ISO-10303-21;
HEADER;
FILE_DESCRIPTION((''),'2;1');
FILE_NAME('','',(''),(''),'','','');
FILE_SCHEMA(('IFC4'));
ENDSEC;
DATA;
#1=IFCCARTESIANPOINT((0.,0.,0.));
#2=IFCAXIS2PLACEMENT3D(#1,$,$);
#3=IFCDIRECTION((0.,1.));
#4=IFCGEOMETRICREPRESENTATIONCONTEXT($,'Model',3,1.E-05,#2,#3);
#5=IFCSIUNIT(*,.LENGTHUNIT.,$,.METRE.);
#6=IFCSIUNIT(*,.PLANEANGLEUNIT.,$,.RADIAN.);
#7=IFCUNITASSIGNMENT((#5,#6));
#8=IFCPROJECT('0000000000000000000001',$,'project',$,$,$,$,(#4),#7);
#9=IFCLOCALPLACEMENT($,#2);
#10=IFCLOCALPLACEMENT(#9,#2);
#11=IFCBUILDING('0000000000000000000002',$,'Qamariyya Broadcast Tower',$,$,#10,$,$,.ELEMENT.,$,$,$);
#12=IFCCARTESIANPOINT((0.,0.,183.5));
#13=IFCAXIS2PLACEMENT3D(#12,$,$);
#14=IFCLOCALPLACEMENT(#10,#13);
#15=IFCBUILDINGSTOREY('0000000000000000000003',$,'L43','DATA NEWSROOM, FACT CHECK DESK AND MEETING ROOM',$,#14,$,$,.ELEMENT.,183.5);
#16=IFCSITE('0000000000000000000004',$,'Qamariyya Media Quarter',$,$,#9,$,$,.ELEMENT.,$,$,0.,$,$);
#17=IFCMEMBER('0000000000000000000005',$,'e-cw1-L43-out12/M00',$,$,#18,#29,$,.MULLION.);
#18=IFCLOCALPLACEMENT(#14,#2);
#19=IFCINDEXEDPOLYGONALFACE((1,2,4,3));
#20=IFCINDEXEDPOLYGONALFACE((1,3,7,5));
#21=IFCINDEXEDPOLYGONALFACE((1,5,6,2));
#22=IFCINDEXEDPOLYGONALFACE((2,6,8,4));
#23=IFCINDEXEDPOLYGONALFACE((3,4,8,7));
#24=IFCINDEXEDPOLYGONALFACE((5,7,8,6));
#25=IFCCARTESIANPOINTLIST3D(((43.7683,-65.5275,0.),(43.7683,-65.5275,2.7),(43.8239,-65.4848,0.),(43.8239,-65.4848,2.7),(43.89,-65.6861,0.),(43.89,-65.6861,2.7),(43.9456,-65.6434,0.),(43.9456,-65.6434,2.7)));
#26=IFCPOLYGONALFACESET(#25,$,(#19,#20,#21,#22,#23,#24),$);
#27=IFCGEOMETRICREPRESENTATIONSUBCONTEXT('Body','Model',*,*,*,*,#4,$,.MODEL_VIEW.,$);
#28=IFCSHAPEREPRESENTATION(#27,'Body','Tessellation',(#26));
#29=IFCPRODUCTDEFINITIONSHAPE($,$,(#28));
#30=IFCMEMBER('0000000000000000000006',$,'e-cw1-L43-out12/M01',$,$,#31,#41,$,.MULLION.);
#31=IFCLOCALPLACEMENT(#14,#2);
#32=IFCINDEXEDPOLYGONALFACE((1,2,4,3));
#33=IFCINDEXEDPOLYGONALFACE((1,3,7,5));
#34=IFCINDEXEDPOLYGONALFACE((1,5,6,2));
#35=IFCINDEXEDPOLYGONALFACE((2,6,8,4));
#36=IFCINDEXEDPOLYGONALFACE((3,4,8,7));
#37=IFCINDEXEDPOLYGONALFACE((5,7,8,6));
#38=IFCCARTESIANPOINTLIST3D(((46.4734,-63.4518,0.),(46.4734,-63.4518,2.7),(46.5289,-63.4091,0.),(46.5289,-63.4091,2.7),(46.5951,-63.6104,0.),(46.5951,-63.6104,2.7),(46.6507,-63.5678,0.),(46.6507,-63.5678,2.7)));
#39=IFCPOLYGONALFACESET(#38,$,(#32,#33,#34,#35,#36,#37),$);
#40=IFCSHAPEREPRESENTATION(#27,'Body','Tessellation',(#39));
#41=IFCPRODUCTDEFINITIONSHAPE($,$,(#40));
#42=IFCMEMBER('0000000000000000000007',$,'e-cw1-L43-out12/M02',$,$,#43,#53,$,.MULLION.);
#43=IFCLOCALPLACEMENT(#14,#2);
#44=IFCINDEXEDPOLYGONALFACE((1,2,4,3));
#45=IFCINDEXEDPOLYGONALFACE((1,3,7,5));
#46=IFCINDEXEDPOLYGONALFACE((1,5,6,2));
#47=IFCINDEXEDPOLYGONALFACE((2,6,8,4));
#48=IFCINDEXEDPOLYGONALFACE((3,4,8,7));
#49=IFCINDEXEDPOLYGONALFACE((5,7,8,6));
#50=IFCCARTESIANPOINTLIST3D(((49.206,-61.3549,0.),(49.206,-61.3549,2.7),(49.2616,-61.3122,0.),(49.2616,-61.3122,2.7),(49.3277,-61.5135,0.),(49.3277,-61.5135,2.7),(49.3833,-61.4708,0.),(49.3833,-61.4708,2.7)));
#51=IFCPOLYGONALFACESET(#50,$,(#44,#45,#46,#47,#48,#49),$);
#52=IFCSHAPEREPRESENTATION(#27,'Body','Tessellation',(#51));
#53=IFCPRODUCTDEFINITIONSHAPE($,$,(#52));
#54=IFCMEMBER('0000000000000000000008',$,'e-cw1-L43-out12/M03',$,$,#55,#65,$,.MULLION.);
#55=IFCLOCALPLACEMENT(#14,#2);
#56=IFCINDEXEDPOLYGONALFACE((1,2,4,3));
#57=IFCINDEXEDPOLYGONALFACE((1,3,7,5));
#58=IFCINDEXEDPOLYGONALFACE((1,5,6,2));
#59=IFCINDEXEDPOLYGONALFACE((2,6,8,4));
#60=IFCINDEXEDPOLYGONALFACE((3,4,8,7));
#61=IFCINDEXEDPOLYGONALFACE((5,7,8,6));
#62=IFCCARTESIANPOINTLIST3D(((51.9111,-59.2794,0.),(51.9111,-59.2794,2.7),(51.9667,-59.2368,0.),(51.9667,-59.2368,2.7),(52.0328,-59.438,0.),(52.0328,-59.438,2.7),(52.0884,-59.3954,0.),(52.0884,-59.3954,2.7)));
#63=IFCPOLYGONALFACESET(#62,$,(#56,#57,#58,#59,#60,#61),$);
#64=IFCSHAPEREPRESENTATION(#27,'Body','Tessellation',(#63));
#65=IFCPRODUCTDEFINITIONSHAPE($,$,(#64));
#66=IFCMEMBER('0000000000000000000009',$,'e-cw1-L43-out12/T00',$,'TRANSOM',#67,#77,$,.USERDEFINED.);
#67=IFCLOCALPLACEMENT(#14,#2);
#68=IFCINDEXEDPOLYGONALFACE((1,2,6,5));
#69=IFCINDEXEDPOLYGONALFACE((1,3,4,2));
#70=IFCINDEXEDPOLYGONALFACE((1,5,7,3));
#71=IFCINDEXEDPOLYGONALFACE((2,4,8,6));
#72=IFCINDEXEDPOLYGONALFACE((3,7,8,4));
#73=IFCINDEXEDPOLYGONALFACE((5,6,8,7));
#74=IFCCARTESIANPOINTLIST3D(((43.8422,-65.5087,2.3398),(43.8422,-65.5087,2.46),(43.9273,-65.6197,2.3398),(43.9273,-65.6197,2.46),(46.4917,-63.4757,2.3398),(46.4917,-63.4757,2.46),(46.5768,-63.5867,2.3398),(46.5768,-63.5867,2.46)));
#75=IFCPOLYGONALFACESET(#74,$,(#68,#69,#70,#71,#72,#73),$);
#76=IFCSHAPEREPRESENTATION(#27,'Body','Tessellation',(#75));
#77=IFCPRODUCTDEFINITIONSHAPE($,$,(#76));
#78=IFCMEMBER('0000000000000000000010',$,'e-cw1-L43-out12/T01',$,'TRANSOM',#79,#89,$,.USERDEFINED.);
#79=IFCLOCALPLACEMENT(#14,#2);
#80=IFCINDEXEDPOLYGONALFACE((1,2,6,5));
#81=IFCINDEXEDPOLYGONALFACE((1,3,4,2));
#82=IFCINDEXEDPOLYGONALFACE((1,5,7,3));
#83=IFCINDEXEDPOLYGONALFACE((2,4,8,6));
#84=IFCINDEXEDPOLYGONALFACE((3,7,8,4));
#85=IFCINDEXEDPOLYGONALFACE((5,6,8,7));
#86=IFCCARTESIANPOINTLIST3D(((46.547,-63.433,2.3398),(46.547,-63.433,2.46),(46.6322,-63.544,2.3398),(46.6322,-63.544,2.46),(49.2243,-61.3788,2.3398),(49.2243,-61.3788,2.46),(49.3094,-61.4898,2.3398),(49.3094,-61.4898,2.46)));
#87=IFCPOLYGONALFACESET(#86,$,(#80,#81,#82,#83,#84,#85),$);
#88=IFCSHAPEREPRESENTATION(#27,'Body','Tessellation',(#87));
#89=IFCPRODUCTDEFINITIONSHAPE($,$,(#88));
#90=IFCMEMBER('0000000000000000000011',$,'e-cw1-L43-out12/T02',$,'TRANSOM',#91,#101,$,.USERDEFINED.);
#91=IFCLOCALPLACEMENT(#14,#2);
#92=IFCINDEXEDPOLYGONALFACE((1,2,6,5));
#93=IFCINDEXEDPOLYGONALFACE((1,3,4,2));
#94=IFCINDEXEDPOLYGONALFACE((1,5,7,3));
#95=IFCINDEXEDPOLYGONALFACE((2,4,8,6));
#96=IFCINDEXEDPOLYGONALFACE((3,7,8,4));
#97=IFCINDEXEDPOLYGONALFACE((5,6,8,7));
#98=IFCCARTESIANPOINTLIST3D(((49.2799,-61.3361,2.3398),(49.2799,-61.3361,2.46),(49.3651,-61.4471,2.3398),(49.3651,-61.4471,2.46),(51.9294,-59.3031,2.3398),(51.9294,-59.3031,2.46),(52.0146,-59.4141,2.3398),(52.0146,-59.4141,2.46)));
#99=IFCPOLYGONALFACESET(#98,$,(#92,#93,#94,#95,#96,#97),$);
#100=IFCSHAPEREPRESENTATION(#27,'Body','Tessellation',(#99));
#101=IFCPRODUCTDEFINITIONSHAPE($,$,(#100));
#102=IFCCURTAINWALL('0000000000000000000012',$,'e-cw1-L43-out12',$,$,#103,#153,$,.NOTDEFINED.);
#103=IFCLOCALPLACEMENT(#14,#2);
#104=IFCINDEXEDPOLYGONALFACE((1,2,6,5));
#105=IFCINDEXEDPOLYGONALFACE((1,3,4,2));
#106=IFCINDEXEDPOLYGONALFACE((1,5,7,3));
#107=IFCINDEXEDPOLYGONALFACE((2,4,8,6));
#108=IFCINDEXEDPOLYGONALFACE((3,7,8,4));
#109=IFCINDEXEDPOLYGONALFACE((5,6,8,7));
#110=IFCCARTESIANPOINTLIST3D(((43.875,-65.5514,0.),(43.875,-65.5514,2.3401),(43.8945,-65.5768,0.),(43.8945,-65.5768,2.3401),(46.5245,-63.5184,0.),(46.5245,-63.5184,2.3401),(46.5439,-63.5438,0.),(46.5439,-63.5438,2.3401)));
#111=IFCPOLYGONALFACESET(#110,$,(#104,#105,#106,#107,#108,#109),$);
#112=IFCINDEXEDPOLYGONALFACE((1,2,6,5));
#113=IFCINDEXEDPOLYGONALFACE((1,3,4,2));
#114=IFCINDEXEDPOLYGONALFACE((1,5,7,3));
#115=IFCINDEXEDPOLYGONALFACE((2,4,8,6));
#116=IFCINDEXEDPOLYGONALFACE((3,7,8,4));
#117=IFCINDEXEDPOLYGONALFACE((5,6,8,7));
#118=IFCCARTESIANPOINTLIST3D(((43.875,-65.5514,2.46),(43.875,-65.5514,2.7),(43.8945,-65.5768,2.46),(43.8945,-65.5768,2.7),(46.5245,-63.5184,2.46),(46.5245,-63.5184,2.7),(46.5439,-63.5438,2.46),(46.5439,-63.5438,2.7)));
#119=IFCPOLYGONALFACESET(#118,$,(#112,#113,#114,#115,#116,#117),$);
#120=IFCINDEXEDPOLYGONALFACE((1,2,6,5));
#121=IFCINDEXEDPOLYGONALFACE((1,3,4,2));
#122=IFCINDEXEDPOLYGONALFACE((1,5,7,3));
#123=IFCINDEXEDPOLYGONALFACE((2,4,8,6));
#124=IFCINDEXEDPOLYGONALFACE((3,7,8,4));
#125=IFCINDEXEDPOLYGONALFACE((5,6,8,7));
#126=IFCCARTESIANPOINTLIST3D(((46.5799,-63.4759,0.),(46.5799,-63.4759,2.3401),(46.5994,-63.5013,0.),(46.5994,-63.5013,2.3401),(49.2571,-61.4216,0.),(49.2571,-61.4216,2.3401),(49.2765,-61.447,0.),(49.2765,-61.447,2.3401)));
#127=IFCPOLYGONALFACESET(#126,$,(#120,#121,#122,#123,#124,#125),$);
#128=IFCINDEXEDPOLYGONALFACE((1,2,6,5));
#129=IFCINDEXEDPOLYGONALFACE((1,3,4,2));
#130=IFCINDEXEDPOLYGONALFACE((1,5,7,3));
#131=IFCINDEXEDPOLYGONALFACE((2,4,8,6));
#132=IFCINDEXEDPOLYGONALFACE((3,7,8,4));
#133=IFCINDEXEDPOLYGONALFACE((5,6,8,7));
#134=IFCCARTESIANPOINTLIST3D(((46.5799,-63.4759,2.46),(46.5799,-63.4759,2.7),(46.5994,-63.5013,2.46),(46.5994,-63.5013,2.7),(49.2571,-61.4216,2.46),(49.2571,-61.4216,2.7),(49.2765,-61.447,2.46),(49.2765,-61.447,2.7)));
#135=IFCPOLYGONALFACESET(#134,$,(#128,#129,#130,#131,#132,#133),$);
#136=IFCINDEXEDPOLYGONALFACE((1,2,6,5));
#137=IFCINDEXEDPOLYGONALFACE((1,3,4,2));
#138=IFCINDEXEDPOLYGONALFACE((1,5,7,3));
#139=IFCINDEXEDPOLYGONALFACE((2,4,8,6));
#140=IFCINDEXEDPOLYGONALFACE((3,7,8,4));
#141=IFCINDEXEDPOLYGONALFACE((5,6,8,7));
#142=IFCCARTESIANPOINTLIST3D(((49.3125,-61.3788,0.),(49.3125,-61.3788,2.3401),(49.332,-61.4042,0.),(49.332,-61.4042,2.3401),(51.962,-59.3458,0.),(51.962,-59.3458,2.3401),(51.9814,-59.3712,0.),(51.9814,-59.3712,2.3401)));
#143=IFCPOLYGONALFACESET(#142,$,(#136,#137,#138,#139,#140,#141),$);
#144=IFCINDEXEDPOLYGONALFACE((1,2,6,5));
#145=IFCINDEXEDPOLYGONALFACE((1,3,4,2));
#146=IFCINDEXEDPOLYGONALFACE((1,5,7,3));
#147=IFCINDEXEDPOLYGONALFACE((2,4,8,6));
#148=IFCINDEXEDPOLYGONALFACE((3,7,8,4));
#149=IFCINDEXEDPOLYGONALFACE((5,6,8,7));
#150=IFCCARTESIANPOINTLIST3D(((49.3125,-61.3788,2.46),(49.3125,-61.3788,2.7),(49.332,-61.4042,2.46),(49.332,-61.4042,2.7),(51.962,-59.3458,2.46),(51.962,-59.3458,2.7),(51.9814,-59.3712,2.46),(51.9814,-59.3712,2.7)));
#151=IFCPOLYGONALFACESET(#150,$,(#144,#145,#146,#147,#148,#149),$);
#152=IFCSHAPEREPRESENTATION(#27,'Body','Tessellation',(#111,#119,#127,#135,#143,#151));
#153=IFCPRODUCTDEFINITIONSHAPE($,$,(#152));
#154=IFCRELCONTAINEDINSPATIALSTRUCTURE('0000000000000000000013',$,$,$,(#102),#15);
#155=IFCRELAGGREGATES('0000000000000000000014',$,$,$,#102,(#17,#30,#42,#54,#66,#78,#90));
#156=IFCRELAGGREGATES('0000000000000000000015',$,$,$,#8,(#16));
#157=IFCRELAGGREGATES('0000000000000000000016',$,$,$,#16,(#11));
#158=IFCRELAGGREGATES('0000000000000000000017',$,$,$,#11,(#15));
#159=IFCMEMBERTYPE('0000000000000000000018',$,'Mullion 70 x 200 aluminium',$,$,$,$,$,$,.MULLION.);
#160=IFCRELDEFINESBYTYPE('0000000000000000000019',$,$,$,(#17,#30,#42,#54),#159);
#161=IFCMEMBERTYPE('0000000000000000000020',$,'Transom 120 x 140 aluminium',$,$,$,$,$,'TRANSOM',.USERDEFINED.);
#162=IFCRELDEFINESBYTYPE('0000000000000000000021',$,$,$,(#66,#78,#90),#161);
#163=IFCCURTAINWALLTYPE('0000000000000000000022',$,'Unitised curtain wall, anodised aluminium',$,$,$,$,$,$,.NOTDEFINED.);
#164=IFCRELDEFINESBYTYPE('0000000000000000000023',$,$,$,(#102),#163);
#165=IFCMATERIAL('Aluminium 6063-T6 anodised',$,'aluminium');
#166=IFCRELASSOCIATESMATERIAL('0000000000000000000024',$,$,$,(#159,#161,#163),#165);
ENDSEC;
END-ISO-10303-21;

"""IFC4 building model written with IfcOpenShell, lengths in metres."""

from ifc_helpers import new_model, si_unit, direction, frame, origin, origin_2d, place, context, subcontext, project, spatial, rectangle, extrude, material, material_profile, profile_set, type_object, element, aggregate, save


model = new_model("IFC4")

# Units and contexts
model_context = context("Model", 3, precision=1e-05, world=origin(), true_north=direction((0.0, 1.0)))
body_context = subcontext(model_context, "Body", "Model", "MODEL_VIEW")
ifc_project = project(units=[si_unit("LENGTHUNIT", "METRE"), si_unit("PLANEANGLEUNIT", "RADIAN")], contexts=[model_context])

# Members
ifc_material = material(Name="Aluminium 6063-T6 anodised", Category="aluminium")
ifc_material_profile_1 = material_profile(ifc_material, rectangle(XDim=0.2, YDim=0.0701, at=origin_2d()))
ifc_profile_set_1 = profile_set([ifc_material_profile_1], Name="Aluminium 6063-T6 anodised")
member_type_1 = type_object("IfcMemberType", Name="Mullion 70 x 200 aluminium", PredefinedType="MULLION", material=ifc_profile_set_1)
site_placement = place(None, origin())
building_placement = place(site_placement, origin())
storey_placement = place(building_placement, frame((0.0, 0.0, 183.5)))
member_1_placement = place(storey_placement, frame((43.8569, -65.5854, 0.0), z_axis=(0.0, 0.0, 1.0), x_axis=(-0.608761, 0.793353, 0.0)))
member_1 = element("IfcMember", 1, at=member_1_placement, type_object=member_type_1, Name="e-cw1-L43-out12/M00", PredefinedType="MULLION", context=body_context, shape_type="SweptSolid", body=[
    extrude(rectangle(XDim=0.2, YDim=0.0701, at=origin_2d()), origin(), (0.0, 0.0, 1.0), 2.7),
])
member_2_placement = place(storey_placement, frame((46.562, -63.5098, 0.0), z_axis=(0.0, 0.0, 1.0), x_axis=(-0.608761, 0.793353, 0.0)))
member_2 = element("IfcMember", 2, at=member_2_placement, type_object=member_type_1, Name="e-cw1-L43-out12/M01", PredefinedType="MULLION", context=body_context, shape_type="SweptSolid", body=[
    extrude(rectangle(XDim=0.2, YDim=0.0701, at=origin_2d()), origin(), (0.0, 0.0, 1.0), 2.7),
])
member_3_placement = place(storey_placement, frame((49.2947, -61.4128, 0.0), z_axis=(0.0, 0.0, 1.0), x_axis=(-0.608761, 0.793353, 0.0)))
member_3 = element("IfcMember", 3, at=member_3_placement, type_object=member_type_1, Name="e-cw1-L43-out12/M02", PredefinedType="MULLION", context=body_context, shape_type="SweptSolid", body=[
    extrude(rectangle(XDim=0.2, YDim=0.0701, at=origin_2d()), origin(), (0.0, 0.0, 1.0), 2.7),
])
member_4_placement = place(storey_placement, frame((51.9998, -59.3374, 0.0), z_axis=(0.0, 0.0, 1.0), x_axis=(-0.608761, 0.793353, 0.0)))
member_4 = element("IfcMember", 4, at=member_4_placement, type_object=member_type_1, Name="e-cw1-L43-out12/M03", PredefinedType="MULLION", context=body_context, shape_type="SweptSolid", body=[
    extrude(rectangle(XDim=0.2, YDim=0.0701, at=origin_2d()), origin(), (0.0, 0.0, 1.0), 2.7),
])
ifc_material_profile_2 = material_profile(ifc_material, rectangle(XDim=0.1399, YDim=0.1201, at=origin_2d()))
ifc_profile_set_2 = profile_set([ifc_material_profile_2], Name="Aluminium 6063-T6 anodised")
member_type_2 = type_object("IfcMemberType", Name="Transom 120 x 140 aluminium", ElementType="TRANSOM", PredefinedType="USERDEFINED", material=ifc_profile_set_2)
member_5_placement = place(storey_placement, frame((43.8848, -65.5642, 2.3999), z_axis=(0.793354, 0.60876, 0.0), x_axis=(-0.60876, 0.793354, 0.0)))
member_5 = element("IfcMember", 5, at=member_5_placement, type_object=member_type_2, Name="e-cw1-L43-out12/T00", ObjectType="TRANSOM", PredefinedType="USERDEFINED", context=body_context, shape_type="SweptSolid", body=[
    extrude(rectangle(XDim=0.1399, YDim=0.1201, at=origin_2d()), origin(), (0.0, 0.0, 1.0), 3.3396),
])
member_6_placement = place(storey_placement, frame((46.5896, -63.4885, 2.3999), z_axis=(0.793371, 0.608738, 0.0), x_axis=(-0.608738, 0.793371, 0.0)))
member_6 = element("IfcMember", 6, at=member_6_placement, type_object=member_type_2, Name="e-cw1-L43-out12/T01", ObjectType="TRANSOM", PredefinedType="USERDEFINED", context=body_context, shape_type="SweptSolid", body=[
    extrude(rectangle(XDim=0.1399, YDim=0.1201, at=origin_2d()), origin(), (0.0, 0.0, 1.0), 3.3745),
])
member_7_placement = place(storey_placement, frame((49.3225, -61.3916, 2.3999), z_axis=(0.793354, 0.60876, 0.0), x_axis=(-0.60876, 0.793354, 0.0)))
member_7 = element("IfcMember", 7, at=member_7_placement, type_object=member_type_2, Name="e-cw1-L43-out12/T02", ObjectType="TRANSOM", PredefinedType="USERDEFINED", context=body_context, shape_type="SweptSolid", body=[
    extrude(rectangle(XDim=0.1399, YDim=0.1201, at=origin_2d()), origin(), (0.0, 0.0, 1.0), 3.3396),
])

# Site, building, storey
site = spatial("IfcSite", under=ifc_project, at=site_placement, Name="Qamariyya Media Quarter", CompositionType="ELEMENT", RefElevation=0.0)
building = spatial("IfcBuilding", under=site, at=building_placement, Name="Qamariyya Broadcast Tower", CompositionType="ELEMENT")
storey = spatial("IfcBuildingStorey", under=building, at=storey_placement, Name="L43", Description="DATA NEWSROOM, FACT CHECK DESK AND MEETING ROOM", CompositionType="ELEMENT", Elevation=183.5)

# Curtain wall
curtain_wall_type = type_object("IfcCurtainWallType", Name="Unitised curtain wall, anodised aluminium", PredefinedType="NOTDEFINED", material=ifc_material)
curtain_wall_1_placement = place(storey_placement, origin())
curtain_wall_1 = element("IfcCurtainWall", 8, at=curtain_wall_1_placement, inside=storey, type_object=curtain_wall_type, Name="e-cw1-L43-out12", PredefinedType="NOTDEFINED", context=body_context, shape_type="SweptSolid", body=[
    extrude(rectangle(XDim=3.3396, YDim=0.032, at=origin_2d()), frame((45.2095, -64.5476, 0.0), x_axis=(0.793352, 0.608764, 0.0)), (0.0, 0.0, 1.0), 2.3401),
    extrude(rectangle(XDim=3.3396, YDim=0.032, at=origin_2d()), frame((45.2095, -64.5476, 2.46), x_axis=(0.793352, 0.608764, 0.0)), (0.0, 0.0, 1.0), 0.24),
    extrude(rectangle(XDim=3.3745, YDim=0.032, at=origin_2d()), frame((47.9282, -62.4614, 0.0), x_axis=(0.793352, 0.608764, 0.0)), (0.0, 0.0, 1.0), 2.3401),
    extrude(rectangle(XDim=3.3745, YDim=0.032, at=origin_2d()), frame((47.9282, -62.4614, 2.46), x_axis=(0.793352, 0.608764, 0.0)), (0.0, 0.0, 1.0), 0.24),
    extrude(rectangle(XDim=3.3396, YDim=0.032, at=origin_2d()), frame((50.647, -60.375, 0.0), x_axis=(0.793352, 0.608764, 0.0)), (0.0, 0.0, 1.0), 2.3401),
    extrude(rectangle(XDim=3.3396, YDim=0.032, at=origin_2d()), frame((50.647, -60.375, 2.46), x_axis=(0.793352, 0.608764, 0.0)), (0.0, 0.0, 1.0), 0.24),
])
aggregate(curtain_wall_1, [member_1, member_2, member_3, member_4, member_5, member_6, member_7])

save(model, "model.ifc")
